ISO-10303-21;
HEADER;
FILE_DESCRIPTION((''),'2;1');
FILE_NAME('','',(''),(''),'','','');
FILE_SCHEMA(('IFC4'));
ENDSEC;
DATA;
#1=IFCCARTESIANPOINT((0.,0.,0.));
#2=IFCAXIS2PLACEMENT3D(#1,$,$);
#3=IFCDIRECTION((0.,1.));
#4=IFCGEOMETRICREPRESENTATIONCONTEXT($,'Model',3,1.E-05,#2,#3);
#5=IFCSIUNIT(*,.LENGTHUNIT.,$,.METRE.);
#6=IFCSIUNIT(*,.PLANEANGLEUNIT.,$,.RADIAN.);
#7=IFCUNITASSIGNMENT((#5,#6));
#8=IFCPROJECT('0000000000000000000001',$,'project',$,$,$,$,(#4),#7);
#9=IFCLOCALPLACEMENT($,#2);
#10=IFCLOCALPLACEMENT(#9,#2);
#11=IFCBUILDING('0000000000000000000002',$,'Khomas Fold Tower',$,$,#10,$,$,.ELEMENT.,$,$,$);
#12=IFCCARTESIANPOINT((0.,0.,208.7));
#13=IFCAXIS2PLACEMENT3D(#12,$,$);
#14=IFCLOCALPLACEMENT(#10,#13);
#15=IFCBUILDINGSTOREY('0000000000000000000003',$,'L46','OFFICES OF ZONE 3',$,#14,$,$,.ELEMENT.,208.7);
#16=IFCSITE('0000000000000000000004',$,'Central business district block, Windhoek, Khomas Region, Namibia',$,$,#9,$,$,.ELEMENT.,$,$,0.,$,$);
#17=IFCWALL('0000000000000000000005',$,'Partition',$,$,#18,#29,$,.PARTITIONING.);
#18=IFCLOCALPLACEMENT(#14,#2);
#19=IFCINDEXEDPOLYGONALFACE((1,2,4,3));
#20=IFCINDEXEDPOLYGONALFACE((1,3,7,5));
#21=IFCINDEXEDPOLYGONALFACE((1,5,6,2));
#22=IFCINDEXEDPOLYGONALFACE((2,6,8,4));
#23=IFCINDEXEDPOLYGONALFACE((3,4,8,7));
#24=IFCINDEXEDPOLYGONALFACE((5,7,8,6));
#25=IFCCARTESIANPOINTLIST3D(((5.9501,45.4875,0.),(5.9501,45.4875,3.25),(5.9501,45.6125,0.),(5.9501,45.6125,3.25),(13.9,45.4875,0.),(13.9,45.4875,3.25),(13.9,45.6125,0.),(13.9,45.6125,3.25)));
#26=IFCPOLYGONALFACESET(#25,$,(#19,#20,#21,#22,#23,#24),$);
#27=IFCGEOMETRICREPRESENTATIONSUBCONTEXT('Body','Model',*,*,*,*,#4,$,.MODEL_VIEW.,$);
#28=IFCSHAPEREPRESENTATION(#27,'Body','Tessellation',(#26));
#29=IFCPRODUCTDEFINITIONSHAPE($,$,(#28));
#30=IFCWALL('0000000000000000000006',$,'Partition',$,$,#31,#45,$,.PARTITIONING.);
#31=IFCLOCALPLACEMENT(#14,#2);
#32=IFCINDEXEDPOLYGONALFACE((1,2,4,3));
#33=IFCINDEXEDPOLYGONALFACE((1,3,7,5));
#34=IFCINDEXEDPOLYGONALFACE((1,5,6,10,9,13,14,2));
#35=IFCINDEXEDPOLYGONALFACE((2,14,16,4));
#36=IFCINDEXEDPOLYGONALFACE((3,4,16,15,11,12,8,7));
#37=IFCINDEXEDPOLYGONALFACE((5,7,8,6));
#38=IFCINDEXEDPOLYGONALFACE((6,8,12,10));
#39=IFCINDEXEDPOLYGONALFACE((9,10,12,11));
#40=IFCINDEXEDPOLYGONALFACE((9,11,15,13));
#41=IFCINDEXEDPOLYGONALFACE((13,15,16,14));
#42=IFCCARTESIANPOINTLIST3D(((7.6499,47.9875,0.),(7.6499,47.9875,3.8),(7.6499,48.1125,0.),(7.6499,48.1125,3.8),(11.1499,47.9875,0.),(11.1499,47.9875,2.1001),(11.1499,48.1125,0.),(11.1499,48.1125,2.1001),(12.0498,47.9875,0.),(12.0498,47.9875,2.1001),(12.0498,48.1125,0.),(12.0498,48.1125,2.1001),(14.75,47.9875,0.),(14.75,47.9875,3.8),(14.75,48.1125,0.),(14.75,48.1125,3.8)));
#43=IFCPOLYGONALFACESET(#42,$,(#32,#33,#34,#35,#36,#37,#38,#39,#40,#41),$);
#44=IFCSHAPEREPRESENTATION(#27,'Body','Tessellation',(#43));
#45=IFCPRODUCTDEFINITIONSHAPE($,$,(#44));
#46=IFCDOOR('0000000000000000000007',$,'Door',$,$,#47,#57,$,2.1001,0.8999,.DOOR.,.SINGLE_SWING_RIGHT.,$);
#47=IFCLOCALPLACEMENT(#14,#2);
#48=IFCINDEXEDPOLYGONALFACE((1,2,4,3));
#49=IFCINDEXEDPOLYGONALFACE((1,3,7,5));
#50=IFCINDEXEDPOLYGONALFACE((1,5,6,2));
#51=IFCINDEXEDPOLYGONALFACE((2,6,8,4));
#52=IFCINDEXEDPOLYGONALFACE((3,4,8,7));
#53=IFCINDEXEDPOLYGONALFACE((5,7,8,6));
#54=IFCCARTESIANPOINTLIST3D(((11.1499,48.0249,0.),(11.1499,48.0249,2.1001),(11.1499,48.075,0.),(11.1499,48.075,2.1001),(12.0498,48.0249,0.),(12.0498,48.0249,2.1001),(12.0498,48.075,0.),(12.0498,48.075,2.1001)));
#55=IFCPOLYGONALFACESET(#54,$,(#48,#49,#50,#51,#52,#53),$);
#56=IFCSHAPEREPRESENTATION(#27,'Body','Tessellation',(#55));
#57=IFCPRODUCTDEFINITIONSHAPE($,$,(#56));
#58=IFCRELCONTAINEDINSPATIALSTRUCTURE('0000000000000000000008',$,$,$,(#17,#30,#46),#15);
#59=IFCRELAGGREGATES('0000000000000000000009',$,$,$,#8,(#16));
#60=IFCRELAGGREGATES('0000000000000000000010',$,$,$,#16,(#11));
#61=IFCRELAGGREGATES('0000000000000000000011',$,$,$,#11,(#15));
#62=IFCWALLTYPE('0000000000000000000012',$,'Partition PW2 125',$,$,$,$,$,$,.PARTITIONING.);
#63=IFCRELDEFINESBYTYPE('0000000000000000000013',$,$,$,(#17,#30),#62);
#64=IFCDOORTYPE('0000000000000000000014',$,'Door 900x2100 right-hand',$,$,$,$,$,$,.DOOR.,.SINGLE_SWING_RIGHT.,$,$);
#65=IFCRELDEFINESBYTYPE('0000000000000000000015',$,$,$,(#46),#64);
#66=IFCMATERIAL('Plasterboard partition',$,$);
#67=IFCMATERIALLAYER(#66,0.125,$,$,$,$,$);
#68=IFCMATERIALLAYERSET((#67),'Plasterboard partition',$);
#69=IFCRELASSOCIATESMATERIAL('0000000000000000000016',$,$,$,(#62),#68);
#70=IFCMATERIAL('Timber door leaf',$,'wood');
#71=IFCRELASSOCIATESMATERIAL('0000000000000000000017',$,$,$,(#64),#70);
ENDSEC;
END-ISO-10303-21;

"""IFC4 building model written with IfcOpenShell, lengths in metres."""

from ifc_helpers import new_model, si_unit, direction, frame, frame_2d, origin, place, context, subcontext, project, spatial, rectangle, extrude, source, transform, mapped, material, layer, layer_set, type_object, element, fill, save


model = new_model("IFC4")

# Units and contexts
model_context = context("Model", 3, precision=1e-05, world=origin(), true_north=direction((0.0, 1.0)))
body_context = subcontext(model_context, "Body", "Model", "MODEL_VIEW")
ifc_project = project(units=[si_unit("LENGTHUNIT", "METRE"), si_unit("PLANEANGLEUNIT", "RADIAN")], contexts=[model_context])

# Site, building, storey
site_placement = place(None, origin())
site = spatial("IfcSite", under=ifc_project, at=site_placement, Name="Central business district block, Windhoek, Khomas Region, Namibia", CompositionType="ELEMENT", RefElevation=0.0)
building_placement = place(site_placement, origin())
building = spatial("IfcBuilding", under=site, at=building_placement, Name="Khomas Fold Tower", CompositionType="ELEMENT")
storey_placement = place(building_placement, frame((0.0, 0.0, 208.7)))
storey = spatial("IfcBuildingStorey", under=building, at=storey_placement, Name="L46", Description="OFFICES OF ZONE 3", CompositionType="ELEMENT", Elevation=208.7)

# Wall
ifc_material_1 = material(Name="Plasterboard partition")
ifc_layer_1 = layer(ifc_material_1, 0.125)
ifc_layer_set_1 = layer_set([ifc_layer_1], Name="Plasterboard partition")
wall_type = type_object("IfcWallType", Name="Partition PW2 125", PredefinedType="PARTITIONING", material=ifc_layer_set_1)
shared_shape_1 = source(origin(), body_context, "Body", "SweptSolid", [
    extrude(rectangle(XDim=7.95, YDim=0.125, at=frame_2d((3.9751, 0.0))), origin(), (0.0, 0.0, 1.0), 3.25),
])
wall_1_placement = place(storey_placement, frame((5.95, 45.55, 0.0), z_axis=(0.0, 0.0, 1.0), x_axis=(1.0, 0.0, 0.0)))
element("IfcWall", 1, at=wall_1_placement, inside=storey, type_object=wall_type, Name="Partition", PredefinedType="PARTITIONING", context=body_context, shape_type="MappedRepresentation", body=[
    mapped(shared_shape_1, transform((0.0, 0.0, 0.0))),
])

# Wall, opening, door
shared_shape_2 = source(origin(), body_context, "Body", "SweptSolid", [
    extrude(rectangle(XDim=7.1001, YDim=0.125, at=frame_2d((3.55, 0.0))), origin(), (0.0, 0.0, 1.0), 3.8),
])
wall_2_placement = place(storey_placement, frame((7.6499, 48.05, 0.0), z_axis=(0.0, 0.0, 1.0), x_axis=(1.0, 0.0, 0.0)))
wall_2 = element("IfcWall", 2, at=wall_2_placement, inside=storey, type_object=wall_type, Name="Partition", PredefinedType="PARTITIONING", context=body_context, shape_type="MappedRepresentation", body=[
    mapped(shared_shape_2, transform((0.0, 0.0, 0.0))),
])
shared_shape_3 = source(origin(), body_context, "Body", "SweptSolid", [
    extrude(rectangle(XDim=0.8999, YDim=2.1001, at=frame_2d((0.45, 1.05))), frame((0.0, 0.0725, 0.0), z_axis=(0.0, -1.0, 0.0), x_axis=(1.0, 0.0, 0.0)), (0.0, 0.0, 1.0), 0.145),
])
opening_placement = place(wall_2_placement, frame((3.5, 0.0, 0.0)))
opening = element("IfcOpeningElement", 3, at=opening_placement, cuts=wall_2, PredefinedType="OPENING", context=body_context, shape_type="MappedRepresentation", body=[
    mapped(shared_shape_3, transform((0.0, 0.0, 0.0))),
])
ifc_material_2 = material(Name="Timber door leaf", Category="wood")
door_type = type_object("IfcDoorType", Name="Door 900x2100 right-hand", OperationType="SINGLE_SWING_RIGHT", PredefinedType="DOOR", material=ifc_material_2)
shared_shape_4 = source(origin(), body_context, "Body", "SweptSolid", [
    extrude(rectangle(XDim=0.8999, YDim=2.1001, at=frame_2d((0.45, 1.05))), frame((0.0, 0.0249, 0.0), z_axis=(0.0, -1.0, 0.0), x_axis=(1.0, 0.0, 0.0)), (0.0, 0.0, 1.0), 0.05),
])
door_placement = place(opening_placement, origin())
door = element("IfcDoor", 4, at=door_placement, inside=storey, type_object=door_type, Name="Door", OperationType="SINGLE_SWING_RIGHT", OverallHeight=2.1001, OverallWidth=0.8999, PredefinedType="DOOR", context=body_context, shape_type="MappedRepresentation", body=[
    mapped(shared_shape_4, transform((0.0, 0.0, 0.0))),
])
fill(opening, door)

save(model, "model.ifc")
